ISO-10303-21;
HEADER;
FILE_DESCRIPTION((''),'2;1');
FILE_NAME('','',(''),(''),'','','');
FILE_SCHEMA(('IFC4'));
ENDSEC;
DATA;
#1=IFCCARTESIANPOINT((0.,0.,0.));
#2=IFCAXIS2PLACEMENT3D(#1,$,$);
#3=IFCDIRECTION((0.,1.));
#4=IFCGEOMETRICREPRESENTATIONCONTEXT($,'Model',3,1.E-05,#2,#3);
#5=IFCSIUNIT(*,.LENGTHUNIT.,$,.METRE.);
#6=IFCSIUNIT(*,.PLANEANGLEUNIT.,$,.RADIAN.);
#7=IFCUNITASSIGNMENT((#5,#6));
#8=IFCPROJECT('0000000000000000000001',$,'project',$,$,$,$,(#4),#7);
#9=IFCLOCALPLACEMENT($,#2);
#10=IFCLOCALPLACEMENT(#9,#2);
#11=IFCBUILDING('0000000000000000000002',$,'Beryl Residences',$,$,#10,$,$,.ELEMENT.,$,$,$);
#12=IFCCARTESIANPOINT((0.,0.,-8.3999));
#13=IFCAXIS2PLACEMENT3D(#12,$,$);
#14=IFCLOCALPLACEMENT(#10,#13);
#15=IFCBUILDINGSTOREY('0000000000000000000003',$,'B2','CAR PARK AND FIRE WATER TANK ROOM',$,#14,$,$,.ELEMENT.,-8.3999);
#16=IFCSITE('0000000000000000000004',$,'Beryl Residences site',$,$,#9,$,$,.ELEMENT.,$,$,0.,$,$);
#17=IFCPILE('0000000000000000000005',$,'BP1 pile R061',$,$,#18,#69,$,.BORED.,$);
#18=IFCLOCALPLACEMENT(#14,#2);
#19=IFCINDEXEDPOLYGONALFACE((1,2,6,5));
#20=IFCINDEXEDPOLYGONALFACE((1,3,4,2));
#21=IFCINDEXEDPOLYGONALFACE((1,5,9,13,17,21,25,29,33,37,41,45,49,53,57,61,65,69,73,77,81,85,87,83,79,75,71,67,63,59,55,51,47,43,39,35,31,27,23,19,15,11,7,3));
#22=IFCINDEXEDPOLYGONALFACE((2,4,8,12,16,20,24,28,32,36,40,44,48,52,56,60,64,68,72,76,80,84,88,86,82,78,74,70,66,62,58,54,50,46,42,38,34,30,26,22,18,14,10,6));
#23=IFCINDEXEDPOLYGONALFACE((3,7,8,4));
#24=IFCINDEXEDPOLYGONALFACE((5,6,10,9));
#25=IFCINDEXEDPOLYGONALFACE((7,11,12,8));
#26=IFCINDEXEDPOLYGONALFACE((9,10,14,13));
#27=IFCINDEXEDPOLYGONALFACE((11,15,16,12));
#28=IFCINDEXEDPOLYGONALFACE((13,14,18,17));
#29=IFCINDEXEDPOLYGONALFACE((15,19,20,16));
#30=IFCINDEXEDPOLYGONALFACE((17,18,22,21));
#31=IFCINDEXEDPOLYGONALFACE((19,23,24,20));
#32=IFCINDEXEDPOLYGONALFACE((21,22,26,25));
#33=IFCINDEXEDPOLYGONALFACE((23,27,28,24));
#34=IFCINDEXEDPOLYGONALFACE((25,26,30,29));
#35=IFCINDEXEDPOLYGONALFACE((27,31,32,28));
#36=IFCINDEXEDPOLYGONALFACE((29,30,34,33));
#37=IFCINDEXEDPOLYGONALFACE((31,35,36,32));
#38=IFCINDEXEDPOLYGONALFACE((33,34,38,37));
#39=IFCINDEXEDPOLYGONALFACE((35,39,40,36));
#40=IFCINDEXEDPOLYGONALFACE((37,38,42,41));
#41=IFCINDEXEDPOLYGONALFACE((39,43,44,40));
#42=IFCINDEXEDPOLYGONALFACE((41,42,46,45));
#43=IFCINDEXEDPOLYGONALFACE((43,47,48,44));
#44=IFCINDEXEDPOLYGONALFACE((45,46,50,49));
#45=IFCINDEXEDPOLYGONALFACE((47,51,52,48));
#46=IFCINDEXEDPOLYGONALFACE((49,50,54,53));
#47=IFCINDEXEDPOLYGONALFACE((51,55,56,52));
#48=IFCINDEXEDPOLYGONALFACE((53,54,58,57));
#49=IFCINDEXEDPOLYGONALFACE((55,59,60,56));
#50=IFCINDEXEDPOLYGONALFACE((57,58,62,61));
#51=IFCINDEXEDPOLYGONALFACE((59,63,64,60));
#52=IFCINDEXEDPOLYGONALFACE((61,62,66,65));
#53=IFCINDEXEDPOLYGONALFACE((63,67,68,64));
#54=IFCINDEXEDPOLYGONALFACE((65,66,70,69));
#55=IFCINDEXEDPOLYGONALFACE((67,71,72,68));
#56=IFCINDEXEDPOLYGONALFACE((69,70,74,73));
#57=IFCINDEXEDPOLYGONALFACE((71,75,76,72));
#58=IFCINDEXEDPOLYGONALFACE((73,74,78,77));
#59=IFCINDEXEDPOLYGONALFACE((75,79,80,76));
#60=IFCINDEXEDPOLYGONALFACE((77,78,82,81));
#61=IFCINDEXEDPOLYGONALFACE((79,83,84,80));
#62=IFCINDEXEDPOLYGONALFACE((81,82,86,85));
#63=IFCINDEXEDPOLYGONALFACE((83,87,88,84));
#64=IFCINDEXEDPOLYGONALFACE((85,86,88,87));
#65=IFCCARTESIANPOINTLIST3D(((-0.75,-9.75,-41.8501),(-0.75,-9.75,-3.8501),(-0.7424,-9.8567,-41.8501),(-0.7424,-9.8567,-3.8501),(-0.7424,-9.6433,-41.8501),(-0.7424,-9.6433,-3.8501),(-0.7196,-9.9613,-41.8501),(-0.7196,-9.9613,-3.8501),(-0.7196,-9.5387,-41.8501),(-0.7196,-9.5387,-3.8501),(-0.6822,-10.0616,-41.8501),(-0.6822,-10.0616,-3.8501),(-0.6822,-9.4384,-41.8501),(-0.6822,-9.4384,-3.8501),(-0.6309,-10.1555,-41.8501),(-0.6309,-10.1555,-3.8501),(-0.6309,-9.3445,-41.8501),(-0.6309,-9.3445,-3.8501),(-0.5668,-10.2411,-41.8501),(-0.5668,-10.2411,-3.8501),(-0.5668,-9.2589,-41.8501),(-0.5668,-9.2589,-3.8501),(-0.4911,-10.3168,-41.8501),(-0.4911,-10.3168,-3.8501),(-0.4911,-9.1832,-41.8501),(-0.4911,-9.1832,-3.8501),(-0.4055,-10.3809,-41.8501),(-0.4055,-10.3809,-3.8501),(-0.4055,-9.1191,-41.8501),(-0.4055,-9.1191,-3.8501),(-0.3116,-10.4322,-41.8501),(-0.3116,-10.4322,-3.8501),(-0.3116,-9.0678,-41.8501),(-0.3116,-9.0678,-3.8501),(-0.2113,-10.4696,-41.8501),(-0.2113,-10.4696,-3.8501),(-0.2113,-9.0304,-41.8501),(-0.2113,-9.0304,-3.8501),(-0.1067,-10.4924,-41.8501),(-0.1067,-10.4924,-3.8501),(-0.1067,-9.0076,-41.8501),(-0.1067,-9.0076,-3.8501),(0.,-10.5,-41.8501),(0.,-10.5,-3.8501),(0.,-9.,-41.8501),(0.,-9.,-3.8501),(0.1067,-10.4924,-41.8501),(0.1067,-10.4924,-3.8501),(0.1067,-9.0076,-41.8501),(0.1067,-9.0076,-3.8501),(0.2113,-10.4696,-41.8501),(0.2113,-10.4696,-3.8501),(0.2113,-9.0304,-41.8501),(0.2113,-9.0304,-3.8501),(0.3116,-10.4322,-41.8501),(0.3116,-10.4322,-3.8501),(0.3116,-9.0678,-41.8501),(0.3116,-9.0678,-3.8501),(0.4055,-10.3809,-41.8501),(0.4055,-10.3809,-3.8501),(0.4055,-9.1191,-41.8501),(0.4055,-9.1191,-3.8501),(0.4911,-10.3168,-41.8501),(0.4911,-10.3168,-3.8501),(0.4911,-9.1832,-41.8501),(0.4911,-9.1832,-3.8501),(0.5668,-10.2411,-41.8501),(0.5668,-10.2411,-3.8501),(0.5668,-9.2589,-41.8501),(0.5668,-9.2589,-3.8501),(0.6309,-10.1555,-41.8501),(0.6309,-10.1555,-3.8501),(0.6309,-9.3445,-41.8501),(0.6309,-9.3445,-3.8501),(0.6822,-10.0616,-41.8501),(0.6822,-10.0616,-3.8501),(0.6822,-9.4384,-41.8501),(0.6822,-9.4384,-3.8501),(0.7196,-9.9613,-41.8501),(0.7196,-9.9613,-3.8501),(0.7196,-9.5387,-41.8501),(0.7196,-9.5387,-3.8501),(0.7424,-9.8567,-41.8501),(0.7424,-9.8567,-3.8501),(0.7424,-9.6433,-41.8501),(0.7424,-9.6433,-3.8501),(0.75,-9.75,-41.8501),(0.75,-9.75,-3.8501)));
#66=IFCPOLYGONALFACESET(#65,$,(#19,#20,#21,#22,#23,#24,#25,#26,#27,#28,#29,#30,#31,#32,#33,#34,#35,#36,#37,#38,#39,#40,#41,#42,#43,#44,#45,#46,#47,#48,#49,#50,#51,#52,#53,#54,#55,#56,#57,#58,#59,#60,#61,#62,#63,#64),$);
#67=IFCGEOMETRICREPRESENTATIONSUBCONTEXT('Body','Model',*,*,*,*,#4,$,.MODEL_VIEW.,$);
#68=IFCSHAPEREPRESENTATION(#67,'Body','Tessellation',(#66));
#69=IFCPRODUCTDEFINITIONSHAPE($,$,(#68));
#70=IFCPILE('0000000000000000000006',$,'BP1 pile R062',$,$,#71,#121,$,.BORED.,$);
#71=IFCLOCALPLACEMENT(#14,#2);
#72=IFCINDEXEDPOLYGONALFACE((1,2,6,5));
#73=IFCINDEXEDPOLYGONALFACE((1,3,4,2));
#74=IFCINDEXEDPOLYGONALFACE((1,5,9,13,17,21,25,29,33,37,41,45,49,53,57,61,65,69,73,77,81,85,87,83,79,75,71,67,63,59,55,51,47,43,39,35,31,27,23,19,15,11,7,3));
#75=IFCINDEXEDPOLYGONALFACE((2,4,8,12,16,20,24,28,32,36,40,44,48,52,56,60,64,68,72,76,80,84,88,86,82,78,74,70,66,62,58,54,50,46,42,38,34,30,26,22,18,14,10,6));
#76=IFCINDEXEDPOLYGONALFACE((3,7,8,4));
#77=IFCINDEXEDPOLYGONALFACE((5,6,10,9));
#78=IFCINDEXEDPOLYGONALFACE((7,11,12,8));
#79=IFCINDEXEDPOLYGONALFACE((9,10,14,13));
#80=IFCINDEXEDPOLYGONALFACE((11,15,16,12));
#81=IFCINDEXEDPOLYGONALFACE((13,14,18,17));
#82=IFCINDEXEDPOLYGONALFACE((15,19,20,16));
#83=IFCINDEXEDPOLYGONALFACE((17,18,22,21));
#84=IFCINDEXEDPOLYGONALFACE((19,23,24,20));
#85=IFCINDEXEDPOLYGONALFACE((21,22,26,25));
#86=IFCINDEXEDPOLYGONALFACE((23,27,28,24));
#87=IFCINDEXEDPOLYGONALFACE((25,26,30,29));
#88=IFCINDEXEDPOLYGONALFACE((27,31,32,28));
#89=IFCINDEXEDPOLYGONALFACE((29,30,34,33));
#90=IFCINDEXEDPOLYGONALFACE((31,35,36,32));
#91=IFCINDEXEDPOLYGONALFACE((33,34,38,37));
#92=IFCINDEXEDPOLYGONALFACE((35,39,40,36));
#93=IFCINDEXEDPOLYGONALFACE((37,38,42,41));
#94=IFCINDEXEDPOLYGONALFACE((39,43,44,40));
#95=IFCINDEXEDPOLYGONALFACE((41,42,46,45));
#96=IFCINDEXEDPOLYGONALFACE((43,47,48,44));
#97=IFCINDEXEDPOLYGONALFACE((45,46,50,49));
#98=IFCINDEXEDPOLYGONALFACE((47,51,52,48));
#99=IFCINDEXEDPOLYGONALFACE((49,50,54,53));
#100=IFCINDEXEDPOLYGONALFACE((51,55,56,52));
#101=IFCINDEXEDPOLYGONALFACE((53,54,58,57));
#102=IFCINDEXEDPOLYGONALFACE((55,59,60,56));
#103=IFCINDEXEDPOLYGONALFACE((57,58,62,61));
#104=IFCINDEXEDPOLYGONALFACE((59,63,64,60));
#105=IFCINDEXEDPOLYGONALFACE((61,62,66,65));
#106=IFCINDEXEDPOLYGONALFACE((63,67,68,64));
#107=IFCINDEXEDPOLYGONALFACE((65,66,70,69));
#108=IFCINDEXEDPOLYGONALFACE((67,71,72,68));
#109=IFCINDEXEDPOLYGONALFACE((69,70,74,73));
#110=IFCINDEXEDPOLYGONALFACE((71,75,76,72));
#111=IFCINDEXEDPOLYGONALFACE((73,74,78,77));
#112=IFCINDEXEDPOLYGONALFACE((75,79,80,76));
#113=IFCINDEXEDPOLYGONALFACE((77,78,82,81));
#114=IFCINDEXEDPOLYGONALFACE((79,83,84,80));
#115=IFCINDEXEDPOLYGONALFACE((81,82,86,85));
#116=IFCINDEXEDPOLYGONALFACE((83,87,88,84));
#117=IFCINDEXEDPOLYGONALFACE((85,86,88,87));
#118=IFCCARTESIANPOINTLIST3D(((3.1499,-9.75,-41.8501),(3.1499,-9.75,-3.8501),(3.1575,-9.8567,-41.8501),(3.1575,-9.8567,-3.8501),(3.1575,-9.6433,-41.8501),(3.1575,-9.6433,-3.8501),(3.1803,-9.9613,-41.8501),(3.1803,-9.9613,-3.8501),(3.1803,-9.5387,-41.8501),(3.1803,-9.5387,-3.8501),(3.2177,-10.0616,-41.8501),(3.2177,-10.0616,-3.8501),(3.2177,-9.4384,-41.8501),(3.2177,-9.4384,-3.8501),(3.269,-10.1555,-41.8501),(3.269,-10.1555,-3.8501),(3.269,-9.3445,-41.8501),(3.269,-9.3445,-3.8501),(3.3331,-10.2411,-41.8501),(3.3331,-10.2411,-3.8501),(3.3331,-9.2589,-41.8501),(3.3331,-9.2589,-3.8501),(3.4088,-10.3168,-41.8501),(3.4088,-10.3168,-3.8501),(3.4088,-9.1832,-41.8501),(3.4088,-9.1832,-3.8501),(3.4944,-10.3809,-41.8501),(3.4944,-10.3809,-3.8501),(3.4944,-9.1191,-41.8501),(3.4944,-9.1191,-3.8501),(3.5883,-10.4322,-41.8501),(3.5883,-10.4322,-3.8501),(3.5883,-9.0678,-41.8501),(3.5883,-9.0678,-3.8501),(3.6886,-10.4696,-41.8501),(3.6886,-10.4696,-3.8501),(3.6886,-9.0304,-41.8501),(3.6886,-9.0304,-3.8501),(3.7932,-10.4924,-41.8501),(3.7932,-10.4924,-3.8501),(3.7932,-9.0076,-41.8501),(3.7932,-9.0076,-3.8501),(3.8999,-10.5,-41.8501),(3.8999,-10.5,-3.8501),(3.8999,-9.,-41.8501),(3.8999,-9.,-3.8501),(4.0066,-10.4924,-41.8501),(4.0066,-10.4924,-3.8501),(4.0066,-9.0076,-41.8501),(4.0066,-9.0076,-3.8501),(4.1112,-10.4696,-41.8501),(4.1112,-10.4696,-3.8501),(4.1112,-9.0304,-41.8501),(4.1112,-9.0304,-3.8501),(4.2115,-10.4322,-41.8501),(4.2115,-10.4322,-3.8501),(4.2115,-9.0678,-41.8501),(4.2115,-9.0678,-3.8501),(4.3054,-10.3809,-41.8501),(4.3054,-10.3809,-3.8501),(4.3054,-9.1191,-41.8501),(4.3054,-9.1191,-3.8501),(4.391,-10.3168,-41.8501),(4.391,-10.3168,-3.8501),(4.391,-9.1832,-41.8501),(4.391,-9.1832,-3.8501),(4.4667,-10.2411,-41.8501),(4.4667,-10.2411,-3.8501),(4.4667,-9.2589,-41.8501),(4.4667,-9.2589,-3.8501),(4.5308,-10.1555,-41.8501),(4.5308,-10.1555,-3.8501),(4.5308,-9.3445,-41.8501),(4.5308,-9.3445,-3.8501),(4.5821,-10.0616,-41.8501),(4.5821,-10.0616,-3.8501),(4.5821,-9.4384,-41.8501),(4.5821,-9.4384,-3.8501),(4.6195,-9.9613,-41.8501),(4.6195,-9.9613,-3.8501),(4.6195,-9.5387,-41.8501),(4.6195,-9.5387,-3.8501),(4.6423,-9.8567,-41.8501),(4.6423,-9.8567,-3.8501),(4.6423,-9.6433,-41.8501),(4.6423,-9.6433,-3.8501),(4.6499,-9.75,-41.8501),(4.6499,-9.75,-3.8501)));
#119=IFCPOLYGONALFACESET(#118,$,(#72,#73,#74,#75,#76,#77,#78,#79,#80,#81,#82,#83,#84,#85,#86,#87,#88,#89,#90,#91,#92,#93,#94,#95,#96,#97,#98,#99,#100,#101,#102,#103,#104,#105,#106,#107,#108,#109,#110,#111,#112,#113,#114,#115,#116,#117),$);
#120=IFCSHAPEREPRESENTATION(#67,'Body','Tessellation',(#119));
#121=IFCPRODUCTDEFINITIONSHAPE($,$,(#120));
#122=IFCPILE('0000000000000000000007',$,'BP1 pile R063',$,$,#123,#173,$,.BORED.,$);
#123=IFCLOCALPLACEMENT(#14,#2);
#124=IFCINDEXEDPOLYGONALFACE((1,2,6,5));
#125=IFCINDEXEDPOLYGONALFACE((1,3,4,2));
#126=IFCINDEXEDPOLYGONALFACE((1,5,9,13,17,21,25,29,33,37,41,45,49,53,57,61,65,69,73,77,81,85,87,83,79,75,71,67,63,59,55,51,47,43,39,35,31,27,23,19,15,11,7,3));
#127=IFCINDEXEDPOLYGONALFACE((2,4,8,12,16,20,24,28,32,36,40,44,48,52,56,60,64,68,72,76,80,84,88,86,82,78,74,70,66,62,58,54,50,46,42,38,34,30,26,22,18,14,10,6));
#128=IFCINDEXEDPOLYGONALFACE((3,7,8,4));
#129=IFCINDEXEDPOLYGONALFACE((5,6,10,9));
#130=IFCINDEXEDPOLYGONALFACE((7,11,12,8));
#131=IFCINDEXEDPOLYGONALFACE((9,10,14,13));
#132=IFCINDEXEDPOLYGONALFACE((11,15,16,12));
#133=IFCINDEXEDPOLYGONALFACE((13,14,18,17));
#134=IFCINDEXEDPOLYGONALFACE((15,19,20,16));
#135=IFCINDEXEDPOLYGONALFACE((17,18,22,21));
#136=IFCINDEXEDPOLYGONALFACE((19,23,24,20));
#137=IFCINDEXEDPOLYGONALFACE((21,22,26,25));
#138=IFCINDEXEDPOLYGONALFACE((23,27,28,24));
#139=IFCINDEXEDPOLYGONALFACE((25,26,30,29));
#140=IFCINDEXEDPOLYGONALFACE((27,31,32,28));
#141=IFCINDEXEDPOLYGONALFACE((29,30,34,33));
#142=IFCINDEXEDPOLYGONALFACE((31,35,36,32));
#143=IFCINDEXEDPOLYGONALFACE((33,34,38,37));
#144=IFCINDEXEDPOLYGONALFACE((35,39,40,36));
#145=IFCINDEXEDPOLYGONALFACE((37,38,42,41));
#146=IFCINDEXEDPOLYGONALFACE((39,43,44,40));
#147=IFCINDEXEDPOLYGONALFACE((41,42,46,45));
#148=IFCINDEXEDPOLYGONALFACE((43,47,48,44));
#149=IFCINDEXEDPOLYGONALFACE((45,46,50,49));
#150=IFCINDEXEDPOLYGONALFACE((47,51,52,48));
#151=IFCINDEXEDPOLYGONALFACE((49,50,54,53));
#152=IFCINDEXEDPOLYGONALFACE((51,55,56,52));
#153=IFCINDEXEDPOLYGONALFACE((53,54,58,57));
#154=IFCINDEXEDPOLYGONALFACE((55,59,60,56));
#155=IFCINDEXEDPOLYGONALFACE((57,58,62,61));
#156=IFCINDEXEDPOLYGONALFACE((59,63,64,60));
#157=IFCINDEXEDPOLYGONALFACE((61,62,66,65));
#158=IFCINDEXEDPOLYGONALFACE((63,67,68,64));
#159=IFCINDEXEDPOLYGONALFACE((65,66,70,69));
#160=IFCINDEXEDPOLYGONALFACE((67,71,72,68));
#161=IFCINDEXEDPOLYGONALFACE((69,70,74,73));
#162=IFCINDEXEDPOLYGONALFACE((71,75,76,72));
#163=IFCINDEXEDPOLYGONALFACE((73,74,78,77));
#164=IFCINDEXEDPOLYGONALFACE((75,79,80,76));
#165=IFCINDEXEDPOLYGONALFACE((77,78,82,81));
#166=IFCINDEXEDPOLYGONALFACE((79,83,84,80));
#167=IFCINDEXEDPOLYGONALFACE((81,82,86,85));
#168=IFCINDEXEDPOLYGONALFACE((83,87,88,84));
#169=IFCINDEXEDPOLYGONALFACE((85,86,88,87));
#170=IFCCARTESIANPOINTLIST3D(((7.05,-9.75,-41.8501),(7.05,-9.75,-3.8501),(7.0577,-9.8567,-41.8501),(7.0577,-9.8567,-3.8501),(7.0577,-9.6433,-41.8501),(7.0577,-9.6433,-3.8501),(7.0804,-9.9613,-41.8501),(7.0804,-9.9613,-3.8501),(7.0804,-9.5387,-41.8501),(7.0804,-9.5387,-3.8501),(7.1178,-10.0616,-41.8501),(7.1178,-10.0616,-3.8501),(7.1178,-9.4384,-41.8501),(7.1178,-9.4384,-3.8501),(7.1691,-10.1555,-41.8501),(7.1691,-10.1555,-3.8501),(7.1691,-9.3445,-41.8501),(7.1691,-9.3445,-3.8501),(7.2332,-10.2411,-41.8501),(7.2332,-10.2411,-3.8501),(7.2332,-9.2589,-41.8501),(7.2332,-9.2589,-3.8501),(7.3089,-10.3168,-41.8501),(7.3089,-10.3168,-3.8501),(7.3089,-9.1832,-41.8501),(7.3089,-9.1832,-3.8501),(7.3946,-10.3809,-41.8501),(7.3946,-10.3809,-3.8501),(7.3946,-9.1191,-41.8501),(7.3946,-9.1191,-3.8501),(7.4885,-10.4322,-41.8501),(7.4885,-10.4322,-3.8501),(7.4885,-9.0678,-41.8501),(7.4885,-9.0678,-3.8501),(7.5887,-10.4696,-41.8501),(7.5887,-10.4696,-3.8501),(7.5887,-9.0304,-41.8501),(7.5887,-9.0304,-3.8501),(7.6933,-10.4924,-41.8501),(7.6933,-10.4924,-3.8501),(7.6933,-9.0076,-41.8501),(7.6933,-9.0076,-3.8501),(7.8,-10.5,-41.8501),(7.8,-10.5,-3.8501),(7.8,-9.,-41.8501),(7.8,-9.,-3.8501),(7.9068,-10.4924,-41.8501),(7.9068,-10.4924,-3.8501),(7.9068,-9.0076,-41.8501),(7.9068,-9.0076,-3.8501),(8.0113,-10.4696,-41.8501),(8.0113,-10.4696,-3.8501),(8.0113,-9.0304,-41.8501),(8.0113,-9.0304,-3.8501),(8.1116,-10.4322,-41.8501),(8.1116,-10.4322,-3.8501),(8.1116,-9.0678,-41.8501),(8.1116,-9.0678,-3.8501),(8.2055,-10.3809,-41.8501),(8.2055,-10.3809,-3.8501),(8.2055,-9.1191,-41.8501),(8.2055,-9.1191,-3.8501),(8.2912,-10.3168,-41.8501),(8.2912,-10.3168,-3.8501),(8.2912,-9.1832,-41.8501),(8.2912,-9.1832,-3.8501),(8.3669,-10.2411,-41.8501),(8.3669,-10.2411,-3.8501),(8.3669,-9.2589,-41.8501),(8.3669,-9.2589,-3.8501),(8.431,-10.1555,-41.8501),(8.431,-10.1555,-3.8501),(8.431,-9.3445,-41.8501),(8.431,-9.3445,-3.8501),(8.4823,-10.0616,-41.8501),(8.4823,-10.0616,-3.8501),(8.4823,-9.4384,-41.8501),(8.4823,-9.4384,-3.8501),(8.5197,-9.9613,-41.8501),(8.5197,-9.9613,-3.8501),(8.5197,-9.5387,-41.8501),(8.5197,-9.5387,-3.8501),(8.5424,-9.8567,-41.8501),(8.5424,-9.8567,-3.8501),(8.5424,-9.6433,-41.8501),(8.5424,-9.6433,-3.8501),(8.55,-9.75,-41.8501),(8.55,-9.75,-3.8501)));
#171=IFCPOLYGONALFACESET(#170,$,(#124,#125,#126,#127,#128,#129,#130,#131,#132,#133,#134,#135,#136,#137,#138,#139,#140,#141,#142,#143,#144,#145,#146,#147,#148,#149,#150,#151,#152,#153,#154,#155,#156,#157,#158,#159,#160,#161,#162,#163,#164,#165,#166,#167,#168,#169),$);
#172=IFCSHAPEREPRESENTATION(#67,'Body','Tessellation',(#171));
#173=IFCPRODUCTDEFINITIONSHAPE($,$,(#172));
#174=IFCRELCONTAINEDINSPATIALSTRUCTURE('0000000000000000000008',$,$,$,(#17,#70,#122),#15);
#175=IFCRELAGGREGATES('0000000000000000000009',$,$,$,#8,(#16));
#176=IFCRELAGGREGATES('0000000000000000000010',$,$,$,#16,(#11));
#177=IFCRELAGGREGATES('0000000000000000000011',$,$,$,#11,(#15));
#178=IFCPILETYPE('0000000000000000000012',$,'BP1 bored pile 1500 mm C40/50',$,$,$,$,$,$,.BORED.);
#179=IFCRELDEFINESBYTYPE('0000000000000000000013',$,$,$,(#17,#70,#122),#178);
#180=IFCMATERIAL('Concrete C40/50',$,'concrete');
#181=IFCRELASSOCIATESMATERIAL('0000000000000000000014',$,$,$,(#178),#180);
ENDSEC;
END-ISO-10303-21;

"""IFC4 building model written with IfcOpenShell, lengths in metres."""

from ifc_helpers import new_model, si_unit, direction, frame, origin, origin_2d, place, context, subcontext, project, spatial, circle, extrude, material, material_profile, profile_set, type_object, element, save


model = new_model("IFC4")

# Units and contexts
model_context = context("Model", 3, precision=1e-05, world=origin(), true_north=direction((0.0, 1.0)))
body_context = subcontext(model_context, "Body", "Model", "MODEL_VIEW")
ifc_project = project(units=[si_unit("LENGTHUNIT", "METRE"), si_unit("PLANEANGLEUNIT", "RADIAN")], contexts=[model_context])

# Site, building, storey
site_placement = place(None, origin())
site = spatial("IfcSite", under=ifc_project, at=site_placement, Name="Beryl Residences site", CompositionType="ELEMENT", RefElevation=0.0)
building_placement = place(site_placement, origin())
building = spatial("IfcBuilding", under=site, at=building_placement, Name="Beryl Residences", CompositionType="ELEMENT")
storey_placement = place(building_placement, frame((0.0, 0.0, -8.3999)))
storey = spatial("IfcBuildingStorey", under=building, at=storey_placement, Name="B2", Description="CAR PARK AND FIRE WATER TANK ROOM", CompositionType="ELEMENT", Elevation=-8.3999)

# Piles
ifc_material_1 = material(Name="Concrete C40/50", Category="concrete")
ifc_material_profile_1 = material_profile(ifc_material_1, circle(Radius=0.75, at=origin_2d()))
ifc_profile_set_1 = profile_set([ifc_material_profile_1], Name="Concrete C40/50")
pile_type = type_object("IfcPileType", Name="BP1 bored pile 1500 mm C40/50", PredefinedType="BORED", material=ifc_profile_set_1)
for number, where, z_axis, x_axis, name in (
    (1, (0.0, -9.75, -3.8501), (0.0, 0.0, -1.0), (1.0, 0.0, 0.0), "BP1 pile R061"),
    (2, (3.8999, -9.75, -3.8501), (0.0, 0.0, -1.0), (1.0, 0.0, 0.0), "BP1 pile R062"),
    (3, (7.8, -9.75, -3.8501), (0.0, 0.0, -1.0), (1.0, 0.0, 0.0), "BP1 pile R063"),
):
    element("IfcPile", number, at=place(storey_placement, frame(where, z_axis=z_axis, x_axis=x_axis)), inside=storey, type_object=pile_type, Name=name, PredefinedType="BORED", context=body_context, shape_type="SweptSolid", body=[
        extrude(circle(Radius=0.75, at=origin_2d()), origin(), (0.0, 0.0, 1.0), 38.0),
    ])

save(model, "model.ifc")
